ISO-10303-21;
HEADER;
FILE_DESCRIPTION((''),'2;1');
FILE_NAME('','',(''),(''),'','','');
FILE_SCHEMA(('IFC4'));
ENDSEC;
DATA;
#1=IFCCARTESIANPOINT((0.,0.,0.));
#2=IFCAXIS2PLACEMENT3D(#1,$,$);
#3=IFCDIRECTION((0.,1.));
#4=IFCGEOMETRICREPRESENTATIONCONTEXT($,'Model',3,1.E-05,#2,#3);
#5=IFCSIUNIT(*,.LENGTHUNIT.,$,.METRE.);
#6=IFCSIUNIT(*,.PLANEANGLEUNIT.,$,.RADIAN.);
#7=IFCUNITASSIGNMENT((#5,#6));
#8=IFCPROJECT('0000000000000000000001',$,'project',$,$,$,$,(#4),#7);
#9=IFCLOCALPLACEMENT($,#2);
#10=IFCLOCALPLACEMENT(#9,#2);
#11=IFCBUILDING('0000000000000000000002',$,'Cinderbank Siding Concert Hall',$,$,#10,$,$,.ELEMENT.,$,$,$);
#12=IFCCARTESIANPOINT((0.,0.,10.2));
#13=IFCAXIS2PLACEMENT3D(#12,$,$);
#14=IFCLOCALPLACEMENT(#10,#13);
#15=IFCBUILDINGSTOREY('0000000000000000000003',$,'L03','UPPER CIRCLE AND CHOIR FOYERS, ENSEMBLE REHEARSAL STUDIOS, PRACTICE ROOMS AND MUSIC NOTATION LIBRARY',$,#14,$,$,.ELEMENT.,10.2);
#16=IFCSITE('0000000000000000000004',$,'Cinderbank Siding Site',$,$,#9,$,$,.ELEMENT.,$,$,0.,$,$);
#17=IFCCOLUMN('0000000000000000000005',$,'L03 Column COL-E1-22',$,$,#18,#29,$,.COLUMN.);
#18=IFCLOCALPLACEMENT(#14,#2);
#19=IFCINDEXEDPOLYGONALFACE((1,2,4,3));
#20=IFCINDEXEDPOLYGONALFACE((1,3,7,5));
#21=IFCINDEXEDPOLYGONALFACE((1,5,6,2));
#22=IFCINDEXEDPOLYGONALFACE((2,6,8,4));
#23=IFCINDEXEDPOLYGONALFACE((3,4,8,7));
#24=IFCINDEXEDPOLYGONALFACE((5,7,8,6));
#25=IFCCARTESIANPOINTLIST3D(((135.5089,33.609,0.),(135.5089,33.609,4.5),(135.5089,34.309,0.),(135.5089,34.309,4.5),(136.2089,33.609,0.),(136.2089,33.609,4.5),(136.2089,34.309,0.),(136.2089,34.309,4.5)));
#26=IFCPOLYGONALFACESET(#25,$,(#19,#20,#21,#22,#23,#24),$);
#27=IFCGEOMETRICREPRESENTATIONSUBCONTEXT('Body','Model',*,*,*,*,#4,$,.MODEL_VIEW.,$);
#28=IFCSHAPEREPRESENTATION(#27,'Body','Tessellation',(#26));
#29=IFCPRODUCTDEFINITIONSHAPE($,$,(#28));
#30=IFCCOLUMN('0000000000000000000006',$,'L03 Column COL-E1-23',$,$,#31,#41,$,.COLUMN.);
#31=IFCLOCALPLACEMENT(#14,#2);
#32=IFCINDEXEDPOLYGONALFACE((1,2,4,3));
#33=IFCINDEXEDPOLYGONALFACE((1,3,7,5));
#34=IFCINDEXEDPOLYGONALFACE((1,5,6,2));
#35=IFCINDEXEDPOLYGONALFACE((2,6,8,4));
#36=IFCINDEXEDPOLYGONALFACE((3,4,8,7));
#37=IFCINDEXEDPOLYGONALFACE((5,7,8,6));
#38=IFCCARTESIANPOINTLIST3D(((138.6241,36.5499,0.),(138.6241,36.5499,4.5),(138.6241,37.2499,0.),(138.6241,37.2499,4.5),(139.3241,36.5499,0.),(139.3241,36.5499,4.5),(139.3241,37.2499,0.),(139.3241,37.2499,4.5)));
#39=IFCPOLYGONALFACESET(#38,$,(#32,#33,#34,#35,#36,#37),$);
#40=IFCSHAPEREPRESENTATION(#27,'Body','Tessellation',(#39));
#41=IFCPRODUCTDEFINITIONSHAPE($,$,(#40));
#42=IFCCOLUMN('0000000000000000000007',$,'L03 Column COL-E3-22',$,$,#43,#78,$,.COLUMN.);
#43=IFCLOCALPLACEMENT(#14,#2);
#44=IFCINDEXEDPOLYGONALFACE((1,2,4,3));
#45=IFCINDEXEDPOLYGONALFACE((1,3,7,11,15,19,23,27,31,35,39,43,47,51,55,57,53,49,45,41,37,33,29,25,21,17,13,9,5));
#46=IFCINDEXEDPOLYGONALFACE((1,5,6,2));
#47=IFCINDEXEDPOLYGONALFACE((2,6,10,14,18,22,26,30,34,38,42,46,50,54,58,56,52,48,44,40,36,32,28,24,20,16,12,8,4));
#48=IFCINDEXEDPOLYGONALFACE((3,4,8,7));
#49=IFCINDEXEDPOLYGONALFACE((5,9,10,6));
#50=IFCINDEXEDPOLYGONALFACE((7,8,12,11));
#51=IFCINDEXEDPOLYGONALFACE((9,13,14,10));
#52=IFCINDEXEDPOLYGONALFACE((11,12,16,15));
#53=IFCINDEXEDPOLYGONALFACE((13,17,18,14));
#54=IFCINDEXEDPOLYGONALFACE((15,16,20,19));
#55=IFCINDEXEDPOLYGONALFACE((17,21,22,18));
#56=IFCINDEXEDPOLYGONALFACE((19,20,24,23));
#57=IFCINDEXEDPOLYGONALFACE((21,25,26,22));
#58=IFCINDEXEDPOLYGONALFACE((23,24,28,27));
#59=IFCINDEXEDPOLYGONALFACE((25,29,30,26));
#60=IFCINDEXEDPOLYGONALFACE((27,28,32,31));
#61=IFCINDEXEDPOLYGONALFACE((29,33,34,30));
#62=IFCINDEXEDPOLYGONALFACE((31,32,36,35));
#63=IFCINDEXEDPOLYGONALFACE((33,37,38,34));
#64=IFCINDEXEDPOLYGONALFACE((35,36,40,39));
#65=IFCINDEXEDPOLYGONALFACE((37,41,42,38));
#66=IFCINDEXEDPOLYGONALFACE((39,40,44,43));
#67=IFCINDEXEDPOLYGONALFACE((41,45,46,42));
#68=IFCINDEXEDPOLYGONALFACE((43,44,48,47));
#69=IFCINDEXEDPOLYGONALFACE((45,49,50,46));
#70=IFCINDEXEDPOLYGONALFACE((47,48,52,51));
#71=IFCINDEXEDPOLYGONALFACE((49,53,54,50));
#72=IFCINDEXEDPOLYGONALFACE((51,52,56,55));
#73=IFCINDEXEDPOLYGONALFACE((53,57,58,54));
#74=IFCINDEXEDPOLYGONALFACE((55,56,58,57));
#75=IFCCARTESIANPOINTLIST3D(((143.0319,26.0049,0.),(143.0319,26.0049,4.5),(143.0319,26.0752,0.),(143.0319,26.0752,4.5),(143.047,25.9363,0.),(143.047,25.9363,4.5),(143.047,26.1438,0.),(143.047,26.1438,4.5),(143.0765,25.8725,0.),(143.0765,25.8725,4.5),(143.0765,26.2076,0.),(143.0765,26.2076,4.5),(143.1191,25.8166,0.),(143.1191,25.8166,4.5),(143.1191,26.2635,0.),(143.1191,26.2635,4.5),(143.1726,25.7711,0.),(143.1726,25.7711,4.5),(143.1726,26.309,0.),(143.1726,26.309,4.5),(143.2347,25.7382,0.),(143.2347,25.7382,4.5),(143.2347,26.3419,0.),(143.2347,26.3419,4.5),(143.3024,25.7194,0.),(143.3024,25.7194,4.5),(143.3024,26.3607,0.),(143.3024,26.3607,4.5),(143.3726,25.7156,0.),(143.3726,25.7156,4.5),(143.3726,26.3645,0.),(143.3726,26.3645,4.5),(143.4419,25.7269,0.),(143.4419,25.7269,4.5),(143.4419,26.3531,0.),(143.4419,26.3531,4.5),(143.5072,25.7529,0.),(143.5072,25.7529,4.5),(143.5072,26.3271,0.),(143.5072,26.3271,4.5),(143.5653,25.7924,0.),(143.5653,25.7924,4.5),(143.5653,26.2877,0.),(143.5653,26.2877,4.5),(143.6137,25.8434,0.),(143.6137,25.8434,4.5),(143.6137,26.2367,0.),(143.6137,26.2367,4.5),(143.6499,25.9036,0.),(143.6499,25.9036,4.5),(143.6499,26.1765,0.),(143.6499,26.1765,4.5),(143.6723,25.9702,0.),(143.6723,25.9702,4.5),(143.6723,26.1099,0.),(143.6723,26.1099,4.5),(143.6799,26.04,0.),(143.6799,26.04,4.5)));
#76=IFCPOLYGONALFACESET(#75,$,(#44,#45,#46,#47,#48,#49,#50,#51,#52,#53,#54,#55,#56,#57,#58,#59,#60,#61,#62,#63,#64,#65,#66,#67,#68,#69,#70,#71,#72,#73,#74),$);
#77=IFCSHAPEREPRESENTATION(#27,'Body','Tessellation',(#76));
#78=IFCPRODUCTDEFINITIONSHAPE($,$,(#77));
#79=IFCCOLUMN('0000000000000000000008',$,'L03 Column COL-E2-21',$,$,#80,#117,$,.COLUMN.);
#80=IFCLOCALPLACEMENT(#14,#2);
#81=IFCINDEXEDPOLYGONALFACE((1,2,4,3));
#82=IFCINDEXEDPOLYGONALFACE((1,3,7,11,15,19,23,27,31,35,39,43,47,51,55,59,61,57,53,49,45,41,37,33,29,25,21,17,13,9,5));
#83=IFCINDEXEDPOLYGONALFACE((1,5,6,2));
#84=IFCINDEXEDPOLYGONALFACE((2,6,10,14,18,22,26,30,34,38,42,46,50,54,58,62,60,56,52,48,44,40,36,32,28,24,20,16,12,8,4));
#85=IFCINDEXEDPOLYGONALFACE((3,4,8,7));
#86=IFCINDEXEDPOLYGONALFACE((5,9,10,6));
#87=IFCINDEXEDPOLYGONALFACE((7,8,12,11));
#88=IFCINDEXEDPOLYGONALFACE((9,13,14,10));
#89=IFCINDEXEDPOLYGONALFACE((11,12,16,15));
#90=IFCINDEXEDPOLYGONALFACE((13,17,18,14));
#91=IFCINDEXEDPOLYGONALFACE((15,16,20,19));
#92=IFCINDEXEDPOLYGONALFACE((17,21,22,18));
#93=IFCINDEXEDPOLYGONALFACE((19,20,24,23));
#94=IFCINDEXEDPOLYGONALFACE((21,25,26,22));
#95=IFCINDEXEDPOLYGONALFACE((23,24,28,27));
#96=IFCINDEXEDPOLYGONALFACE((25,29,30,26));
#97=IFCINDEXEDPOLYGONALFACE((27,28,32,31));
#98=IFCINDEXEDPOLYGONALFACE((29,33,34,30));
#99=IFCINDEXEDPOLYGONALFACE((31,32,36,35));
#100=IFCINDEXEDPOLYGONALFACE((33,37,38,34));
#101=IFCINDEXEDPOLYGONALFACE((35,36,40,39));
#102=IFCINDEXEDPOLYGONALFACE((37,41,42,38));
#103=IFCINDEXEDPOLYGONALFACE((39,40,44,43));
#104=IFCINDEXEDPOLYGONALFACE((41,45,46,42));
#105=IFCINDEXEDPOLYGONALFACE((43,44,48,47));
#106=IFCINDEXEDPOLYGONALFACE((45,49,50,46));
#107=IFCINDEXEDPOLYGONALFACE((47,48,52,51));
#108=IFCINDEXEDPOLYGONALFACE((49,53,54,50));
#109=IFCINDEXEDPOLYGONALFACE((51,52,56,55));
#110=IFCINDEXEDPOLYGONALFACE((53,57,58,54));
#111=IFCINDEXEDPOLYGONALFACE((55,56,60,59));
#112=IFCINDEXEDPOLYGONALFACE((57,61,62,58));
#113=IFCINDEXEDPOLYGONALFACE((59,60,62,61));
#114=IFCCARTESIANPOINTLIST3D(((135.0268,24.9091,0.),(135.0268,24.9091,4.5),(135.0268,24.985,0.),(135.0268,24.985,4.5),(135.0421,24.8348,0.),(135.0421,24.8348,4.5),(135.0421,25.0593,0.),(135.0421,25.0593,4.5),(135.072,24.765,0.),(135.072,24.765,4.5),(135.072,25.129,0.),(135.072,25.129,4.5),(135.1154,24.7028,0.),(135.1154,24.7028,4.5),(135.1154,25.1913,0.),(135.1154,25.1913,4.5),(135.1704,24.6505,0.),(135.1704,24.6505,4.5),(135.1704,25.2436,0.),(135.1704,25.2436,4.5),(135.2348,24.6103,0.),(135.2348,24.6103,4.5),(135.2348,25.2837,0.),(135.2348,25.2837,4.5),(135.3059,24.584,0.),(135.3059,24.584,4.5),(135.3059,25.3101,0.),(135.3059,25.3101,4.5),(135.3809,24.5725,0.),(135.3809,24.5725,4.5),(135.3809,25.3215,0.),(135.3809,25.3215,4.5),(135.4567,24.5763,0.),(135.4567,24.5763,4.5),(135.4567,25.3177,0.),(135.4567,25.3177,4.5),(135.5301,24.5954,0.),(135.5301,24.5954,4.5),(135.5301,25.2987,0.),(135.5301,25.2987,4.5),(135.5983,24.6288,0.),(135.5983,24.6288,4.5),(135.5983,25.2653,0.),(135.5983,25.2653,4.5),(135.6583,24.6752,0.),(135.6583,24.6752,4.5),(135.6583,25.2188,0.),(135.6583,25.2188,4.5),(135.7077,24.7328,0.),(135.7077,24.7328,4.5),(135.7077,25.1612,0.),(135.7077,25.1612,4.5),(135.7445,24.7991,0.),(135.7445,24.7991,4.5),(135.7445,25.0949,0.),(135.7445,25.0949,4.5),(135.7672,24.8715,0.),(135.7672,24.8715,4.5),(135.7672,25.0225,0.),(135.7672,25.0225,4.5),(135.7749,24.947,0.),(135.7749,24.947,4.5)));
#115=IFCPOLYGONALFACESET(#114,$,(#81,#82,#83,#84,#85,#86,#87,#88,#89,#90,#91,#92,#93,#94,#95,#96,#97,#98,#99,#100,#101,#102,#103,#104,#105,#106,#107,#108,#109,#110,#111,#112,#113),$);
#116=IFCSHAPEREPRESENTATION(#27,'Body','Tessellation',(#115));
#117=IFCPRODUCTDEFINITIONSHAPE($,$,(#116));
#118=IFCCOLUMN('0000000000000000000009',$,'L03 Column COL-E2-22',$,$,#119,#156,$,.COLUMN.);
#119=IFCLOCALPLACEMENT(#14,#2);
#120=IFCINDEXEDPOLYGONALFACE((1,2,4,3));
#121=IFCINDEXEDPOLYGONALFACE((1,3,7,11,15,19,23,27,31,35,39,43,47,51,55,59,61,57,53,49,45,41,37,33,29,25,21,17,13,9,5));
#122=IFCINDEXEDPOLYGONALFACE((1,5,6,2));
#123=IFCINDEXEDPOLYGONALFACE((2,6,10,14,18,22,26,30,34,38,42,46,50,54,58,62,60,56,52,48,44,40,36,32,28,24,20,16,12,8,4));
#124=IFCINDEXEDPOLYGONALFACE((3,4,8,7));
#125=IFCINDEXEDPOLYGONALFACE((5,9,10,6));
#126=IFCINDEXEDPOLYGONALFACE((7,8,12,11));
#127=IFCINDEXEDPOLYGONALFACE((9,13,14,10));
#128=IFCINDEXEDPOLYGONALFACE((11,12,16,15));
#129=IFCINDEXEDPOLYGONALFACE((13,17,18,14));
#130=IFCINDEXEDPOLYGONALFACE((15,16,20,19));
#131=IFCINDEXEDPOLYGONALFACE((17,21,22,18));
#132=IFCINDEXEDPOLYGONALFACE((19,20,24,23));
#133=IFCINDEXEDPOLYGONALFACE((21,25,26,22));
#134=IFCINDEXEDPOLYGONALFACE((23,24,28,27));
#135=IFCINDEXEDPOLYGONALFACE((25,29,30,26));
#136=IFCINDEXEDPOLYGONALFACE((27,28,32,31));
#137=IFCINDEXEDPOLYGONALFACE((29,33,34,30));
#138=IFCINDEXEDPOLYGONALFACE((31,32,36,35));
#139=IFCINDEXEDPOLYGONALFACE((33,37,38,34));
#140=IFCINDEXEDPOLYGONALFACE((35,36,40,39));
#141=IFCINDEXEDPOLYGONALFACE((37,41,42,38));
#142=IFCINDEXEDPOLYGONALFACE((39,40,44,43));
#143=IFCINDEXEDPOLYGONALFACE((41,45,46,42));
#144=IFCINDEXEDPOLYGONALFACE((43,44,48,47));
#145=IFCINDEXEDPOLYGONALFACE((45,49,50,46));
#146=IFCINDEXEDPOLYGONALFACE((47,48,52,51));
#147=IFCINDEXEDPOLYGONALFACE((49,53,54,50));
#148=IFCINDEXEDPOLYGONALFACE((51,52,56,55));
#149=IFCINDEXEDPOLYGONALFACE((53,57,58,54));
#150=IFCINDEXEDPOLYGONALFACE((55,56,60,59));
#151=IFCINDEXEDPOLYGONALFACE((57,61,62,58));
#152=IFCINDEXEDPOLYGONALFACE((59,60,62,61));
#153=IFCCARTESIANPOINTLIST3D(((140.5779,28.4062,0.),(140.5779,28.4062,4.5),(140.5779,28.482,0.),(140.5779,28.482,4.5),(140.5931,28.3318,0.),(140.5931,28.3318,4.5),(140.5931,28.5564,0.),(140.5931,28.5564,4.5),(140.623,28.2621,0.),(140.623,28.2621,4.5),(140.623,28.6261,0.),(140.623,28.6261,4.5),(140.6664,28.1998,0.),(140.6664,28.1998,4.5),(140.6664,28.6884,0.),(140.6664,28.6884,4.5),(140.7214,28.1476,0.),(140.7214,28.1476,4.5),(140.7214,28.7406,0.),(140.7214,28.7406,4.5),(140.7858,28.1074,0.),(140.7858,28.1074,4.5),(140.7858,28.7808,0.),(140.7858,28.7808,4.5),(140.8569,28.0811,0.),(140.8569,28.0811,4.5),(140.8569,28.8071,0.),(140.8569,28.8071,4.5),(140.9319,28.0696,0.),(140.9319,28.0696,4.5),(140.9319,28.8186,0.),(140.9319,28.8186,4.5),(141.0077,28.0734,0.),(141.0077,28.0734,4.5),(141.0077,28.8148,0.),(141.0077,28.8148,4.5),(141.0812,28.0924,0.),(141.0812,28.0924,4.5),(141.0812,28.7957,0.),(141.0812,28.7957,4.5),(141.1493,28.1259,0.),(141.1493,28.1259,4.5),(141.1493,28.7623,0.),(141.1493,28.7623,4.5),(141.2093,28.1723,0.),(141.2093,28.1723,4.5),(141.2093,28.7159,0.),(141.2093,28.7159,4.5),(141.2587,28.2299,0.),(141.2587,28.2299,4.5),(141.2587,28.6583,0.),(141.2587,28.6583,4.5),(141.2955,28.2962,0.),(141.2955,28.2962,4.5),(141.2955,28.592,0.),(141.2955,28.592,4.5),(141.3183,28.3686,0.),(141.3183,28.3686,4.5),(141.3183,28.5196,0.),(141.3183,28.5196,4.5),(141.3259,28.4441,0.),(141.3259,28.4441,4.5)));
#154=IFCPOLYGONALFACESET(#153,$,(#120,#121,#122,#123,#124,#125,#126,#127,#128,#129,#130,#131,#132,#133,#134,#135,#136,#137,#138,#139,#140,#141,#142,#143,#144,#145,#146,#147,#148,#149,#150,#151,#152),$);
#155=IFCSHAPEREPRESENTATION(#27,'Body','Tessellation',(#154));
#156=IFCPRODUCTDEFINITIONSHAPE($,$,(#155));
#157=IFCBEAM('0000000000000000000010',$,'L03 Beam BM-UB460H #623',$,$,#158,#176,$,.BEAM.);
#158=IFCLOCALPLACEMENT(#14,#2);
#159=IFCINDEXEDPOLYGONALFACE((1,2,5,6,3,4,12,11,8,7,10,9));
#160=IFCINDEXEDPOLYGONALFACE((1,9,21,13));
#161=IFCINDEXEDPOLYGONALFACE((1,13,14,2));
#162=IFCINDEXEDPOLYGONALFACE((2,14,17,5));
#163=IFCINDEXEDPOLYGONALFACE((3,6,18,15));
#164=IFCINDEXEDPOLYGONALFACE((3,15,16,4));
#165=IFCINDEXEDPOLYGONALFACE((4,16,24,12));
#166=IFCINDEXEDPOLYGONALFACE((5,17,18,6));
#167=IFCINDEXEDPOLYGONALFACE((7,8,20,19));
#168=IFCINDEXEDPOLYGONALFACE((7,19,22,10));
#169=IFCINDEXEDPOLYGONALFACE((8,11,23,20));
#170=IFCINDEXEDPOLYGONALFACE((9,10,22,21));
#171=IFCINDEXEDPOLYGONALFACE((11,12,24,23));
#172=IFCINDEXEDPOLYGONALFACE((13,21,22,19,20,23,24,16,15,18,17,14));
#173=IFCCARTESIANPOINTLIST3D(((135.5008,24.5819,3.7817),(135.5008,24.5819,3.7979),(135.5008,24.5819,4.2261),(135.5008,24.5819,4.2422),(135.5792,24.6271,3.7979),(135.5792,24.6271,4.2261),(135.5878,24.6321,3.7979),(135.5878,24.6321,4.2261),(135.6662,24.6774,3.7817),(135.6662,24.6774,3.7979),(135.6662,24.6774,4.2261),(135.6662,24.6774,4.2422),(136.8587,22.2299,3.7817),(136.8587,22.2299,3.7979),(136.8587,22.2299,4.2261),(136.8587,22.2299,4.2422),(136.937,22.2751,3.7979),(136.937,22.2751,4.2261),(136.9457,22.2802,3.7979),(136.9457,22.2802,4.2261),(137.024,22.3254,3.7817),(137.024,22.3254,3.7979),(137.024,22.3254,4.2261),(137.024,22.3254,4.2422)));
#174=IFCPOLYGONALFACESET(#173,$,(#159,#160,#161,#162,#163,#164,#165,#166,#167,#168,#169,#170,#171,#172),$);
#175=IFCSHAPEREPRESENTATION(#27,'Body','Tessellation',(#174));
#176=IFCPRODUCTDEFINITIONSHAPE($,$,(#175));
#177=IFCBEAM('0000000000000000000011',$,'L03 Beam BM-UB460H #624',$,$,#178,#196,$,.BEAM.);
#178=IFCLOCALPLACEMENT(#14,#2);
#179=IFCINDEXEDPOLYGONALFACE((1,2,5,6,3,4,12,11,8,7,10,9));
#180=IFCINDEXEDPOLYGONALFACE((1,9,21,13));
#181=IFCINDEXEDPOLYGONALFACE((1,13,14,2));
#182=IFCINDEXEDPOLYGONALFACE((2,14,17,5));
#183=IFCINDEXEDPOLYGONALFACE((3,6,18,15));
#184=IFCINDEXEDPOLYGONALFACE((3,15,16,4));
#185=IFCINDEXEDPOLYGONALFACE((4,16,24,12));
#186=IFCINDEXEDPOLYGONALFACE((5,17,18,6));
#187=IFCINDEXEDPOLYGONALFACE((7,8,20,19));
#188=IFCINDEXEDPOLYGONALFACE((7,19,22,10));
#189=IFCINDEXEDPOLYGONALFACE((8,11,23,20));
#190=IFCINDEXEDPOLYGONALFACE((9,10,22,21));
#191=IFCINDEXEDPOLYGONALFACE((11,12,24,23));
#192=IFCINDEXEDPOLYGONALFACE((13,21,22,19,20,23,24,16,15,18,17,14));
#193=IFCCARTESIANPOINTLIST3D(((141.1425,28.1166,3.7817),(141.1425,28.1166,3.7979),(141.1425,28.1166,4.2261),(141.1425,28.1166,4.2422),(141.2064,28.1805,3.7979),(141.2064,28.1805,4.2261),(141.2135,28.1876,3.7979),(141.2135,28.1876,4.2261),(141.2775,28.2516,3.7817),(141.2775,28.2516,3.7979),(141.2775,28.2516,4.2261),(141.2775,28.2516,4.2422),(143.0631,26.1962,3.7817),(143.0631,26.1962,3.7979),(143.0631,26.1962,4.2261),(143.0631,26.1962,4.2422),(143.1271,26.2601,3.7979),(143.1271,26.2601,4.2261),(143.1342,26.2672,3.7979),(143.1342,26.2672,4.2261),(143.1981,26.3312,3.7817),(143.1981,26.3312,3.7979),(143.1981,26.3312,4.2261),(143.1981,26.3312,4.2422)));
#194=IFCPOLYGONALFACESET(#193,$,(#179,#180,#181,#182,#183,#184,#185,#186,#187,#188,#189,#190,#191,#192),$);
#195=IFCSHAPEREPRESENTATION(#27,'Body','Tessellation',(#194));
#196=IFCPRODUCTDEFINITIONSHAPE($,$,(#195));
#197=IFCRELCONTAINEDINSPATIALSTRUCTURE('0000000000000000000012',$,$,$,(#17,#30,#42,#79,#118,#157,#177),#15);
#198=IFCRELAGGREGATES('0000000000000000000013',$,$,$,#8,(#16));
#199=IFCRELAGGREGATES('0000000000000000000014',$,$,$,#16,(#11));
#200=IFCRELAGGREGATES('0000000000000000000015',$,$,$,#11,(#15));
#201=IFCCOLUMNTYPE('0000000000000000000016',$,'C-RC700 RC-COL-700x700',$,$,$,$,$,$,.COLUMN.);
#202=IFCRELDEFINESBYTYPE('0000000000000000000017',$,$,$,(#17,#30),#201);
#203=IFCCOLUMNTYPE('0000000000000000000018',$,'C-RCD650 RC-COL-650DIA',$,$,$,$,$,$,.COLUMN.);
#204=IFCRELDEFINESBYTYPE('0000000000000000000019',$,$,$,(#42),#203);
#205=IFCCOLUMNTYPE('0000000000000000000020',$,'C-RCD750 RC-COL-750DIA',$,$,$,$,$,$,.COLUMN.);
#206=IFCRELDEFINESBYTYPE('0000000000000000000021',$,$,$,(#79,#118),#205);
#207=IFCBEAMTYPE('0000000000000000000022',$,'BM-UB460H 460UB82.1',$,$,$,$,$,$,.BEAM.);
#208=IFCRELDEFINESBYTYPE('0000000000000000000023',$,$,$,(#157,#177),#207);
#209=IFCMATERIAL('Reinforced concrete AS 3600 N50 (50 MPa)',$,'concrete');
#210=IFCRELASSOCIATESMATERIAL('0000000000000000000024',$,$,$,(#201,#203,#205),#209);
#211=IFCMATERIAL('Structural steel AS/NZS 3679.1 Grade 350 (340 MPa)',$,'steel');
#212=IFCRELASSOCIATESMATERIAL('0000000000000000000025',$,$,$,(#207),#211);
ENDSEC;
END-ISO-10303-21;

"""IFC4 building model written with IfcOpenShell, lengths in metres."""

from ifc_helpers import new_model, si_unit, direction, frame, origin, origin_2d, place, context, subcontext, project, spatial, rectangle, circle, i_section, extrude, material, material_profile, profile_set, type_object, element, save


model = new_model("IFC4")

# Units and contexts
model_context = context("Model", 3, precision=1e-05, world=origin(), true_north=direction((0.0, 1.0)))
body_context = subcontext(model_context, "Body", "Model", "MODEL_VIEW")
ifc_project = project(units=[si_unit("LENGTHUNIT", "METRE"), si_unit("PLANEANGLEUNIT", "RADIAN")], contexts=[model_context])

# Site, building, storey
site_placement = place(None, origin())
site = spatial("IfcSite", under=ifc_project, at=site_placement, Name="Cinderbank Siding Site", CompositionType="ELEMENT", RefElevation=0.0)
building_placement = place(site_placement, origin())
building = spatial("IfcBuilding", under=site, at=building_placement, Name="Cinderbank Siding Concert Hall", CompositionType="ELEMENT")
storey_placement = place(building_placement, frame((0.0, 0.0, 10.2)))
storey = spatial("IfcBuildingStorey", under=building, at=storey_placement, Name="L03", Description="UPPER CIRCLE AND CHOIR FOYERS, ENSEMBLE REHEARSAL STUDIOS, PRACTICE ROOMS AND MUSIC NOTATION LIBRARY", CompositionType="ELEMENT", Elevation=10.2)

# Columns
ifc_material_1 = material(Name="Reinforced concrete AS 3600 N50 (50 MPa)", Category="concrete")
ifc_material_profile_1 = material_profile(ifc_material_1, rectangle(XDim=0.7, YDim=0.7, at=origin_2d()), Name="RC-COL-700x700", Category="LoadBearing")
ifc_profile_set_1 = profile_set([ifc_material_profile_1], Name="Reinforced concrete AS 3600 N50 (50 MPa)")
column_type_1 = type_object("IfcColumnType", Name="C-RC700 RC-COL-700x700", PredefinedType="COLUMN", material=ifc_profile_set_1)
for number, where, z_axis, x_axis, name in (
    (1, (135.8589, 33.959, 0.0), (0.0, 0.0, 1.0), (1.0, 0.0, 0.0), "L03 Column COL-E1-22"),
    (2, (138.9741, 36.8999, 0.0), (0.0, 0.0, 1.0), (1.0, 0.0, 0.0), "L03 Column COL-E1-23"),
):
    element("IfcColumn", number, at=place(storey_placement, frame(where, z_axis=z_axis, x_axis=x_axis)), inside=storey, type_object=column_type_1, Name=name, PredefinedType="COLUMN", context=body_context, shape_type="SweptSolid", body=[
        extrude(rectangle(XDim=0.7, YDim=0.7, at=origin_2d()), origin(), (0.0, 0.0, 1.0), 4.5),
    ])
ifc_material_profile_2 = material_profile(ifc_material_1, circle(Radius=0.325, at=origin_2d()), Name="RC-COL-650DIA", Category="LoadBearing")
ifc_profile_set_2 = profile_set([ifc_material_profile_2], Name="Reinforced concrete AS 3600 N50 (50 MPa)")
column_type_2 = type_object("IfcColumnType", Name="C-RCD650 RC-COL-650DIA", PredefinedType="COLUMN", material=ifc_profile_set_2)
column_placement = place(storey_placement, frame((143.355, 26.04, 0.0), z_axis=(0.0, 0.0, 1.0), x_axis=(1.0, 0.0, 0.0)))
element("IfcColumn", 3, at=column_placement, inside=storey, type_object=column_type_2, Name="L03 Column COL-E3-22", PredefinedType="COLUMN", context=body_context, shape_type="SweptSolid", body=[
    extrude(circle(Radius=0.325, at=origin_2d()), origin(), (0.0, 0.0, 1.0), 4.5),
])
ifc_material_profile_3 = material_profile(ifc_material_1, circle(Radius=0.375, at=origin_2d()), Name="RC-COL-750DIA", Category="LoadBearing")
ifc_profile_set_3 = profile_set([ifc_material_profile_3], Name="Reinforced concrete AS 3600 N50 (50 MPa)")
column_type_3 = type_object("IfcColumnType", Name="C-RCD750 RC-COL-750DIA", PredefinedType="COLUMN", material=ifc_profile_set_3)
for number, where, z_axis, x_axis, name in (
    (4, (135.3999, 24.947, 0.0), (0.0, 0.0, 1.0), (1.0, 0.0, 0.0), "L03 Column COL-E2-21"),
    (5, (140.9509, 28.4441, 0.0), (0.0, 0.0, 1.0), (1.0, 0.0, 0.0), "L03 Column COL-E2-22"),
):
    element("IfcColumn", number, at=place(storey_placement, frame(where, z_axis=z_axis, x_axis=x_axis)), inside=storey, type_object=column_type_3, Name=name, PredefinedType="COLUMN", context=body_context, shape_type="SweptSolid", body=[
        extrude(circle(Radius=0.375, at=origin_2d()), origin(), (0.0, 0.0, 1.0), 4.5),
    ])

# Beams
ifc_material_2 = material(Name="Structural steel AS/NZS 3679.1 Grade 350 (340 MPa)", Category="steel")
ifc_material_profile_4 = material_profile(ifc_material_2, i_section(OverallWidth=0.1909, OverallDepth=0.4604, WebThickness=0.01, FlangeThickness=0.0161, at=origin_2d()), Name="460UB82.1", Category="LoadBearing")
ifc_profile_set_4 = profile_set([ifc_material_profile_4], Name="Structural steel AS/NZS 3679.1 Grade 350 (340 MPa)")
beam_type_1 = type_object("IfcBeamType", Name="BM-UB460H 460UB82.1", PredefinedType="BEAM", material=ifc_profile_set_4)
beam_1_placement = place(storey_placement, frame((135.5835, 24.6296, 4.012), z_axis=(0.499987, -0.866033, 0.0), x_axis=(0.866033, 0.499987, 0.0)))
element("IfcBeam", 6, at=beam_1_placement, inside=storey, type_object=beam_type_1, Name="L03 Beam BM-UB460H #623", PredefinedType="BEAM", context=body_context, shape_type="SweptSolid", body=[
    extrude(i_section(OverallWidth=0.1909, OverallDepth=0.4604, WebThickness=0.01, FlangeThickness=0.0161, at=origin_2d()), origin(), (0.0, 0.0, 1.0), 2.7158),
])
beam_2_placement = place(storey_placement, frame((141.21, 28.1841, 4.012), z_axis=(0.707152, -0.707062, 0.0), x_axis=(0.707062, 0.707152, 0.0)))
element("IfcBeam", 7, at=beam_2_placement, inside=storey, type_object=beam_type_1, Name="L03 Beam BM-UB460H #624", PredefinedType="BEAM", context=body_context, shape_type="SweptSolid", body=[
    extrude(i_section(OverallWidth=0.1909, OverallDepth=0.4604, WebThickness=0.01, FlangeThickness=0.0161, at=origin_2d()), origin(), (0.0, 0.0, 1.0), 2.7161),
])

save(model, "model.ifc")
